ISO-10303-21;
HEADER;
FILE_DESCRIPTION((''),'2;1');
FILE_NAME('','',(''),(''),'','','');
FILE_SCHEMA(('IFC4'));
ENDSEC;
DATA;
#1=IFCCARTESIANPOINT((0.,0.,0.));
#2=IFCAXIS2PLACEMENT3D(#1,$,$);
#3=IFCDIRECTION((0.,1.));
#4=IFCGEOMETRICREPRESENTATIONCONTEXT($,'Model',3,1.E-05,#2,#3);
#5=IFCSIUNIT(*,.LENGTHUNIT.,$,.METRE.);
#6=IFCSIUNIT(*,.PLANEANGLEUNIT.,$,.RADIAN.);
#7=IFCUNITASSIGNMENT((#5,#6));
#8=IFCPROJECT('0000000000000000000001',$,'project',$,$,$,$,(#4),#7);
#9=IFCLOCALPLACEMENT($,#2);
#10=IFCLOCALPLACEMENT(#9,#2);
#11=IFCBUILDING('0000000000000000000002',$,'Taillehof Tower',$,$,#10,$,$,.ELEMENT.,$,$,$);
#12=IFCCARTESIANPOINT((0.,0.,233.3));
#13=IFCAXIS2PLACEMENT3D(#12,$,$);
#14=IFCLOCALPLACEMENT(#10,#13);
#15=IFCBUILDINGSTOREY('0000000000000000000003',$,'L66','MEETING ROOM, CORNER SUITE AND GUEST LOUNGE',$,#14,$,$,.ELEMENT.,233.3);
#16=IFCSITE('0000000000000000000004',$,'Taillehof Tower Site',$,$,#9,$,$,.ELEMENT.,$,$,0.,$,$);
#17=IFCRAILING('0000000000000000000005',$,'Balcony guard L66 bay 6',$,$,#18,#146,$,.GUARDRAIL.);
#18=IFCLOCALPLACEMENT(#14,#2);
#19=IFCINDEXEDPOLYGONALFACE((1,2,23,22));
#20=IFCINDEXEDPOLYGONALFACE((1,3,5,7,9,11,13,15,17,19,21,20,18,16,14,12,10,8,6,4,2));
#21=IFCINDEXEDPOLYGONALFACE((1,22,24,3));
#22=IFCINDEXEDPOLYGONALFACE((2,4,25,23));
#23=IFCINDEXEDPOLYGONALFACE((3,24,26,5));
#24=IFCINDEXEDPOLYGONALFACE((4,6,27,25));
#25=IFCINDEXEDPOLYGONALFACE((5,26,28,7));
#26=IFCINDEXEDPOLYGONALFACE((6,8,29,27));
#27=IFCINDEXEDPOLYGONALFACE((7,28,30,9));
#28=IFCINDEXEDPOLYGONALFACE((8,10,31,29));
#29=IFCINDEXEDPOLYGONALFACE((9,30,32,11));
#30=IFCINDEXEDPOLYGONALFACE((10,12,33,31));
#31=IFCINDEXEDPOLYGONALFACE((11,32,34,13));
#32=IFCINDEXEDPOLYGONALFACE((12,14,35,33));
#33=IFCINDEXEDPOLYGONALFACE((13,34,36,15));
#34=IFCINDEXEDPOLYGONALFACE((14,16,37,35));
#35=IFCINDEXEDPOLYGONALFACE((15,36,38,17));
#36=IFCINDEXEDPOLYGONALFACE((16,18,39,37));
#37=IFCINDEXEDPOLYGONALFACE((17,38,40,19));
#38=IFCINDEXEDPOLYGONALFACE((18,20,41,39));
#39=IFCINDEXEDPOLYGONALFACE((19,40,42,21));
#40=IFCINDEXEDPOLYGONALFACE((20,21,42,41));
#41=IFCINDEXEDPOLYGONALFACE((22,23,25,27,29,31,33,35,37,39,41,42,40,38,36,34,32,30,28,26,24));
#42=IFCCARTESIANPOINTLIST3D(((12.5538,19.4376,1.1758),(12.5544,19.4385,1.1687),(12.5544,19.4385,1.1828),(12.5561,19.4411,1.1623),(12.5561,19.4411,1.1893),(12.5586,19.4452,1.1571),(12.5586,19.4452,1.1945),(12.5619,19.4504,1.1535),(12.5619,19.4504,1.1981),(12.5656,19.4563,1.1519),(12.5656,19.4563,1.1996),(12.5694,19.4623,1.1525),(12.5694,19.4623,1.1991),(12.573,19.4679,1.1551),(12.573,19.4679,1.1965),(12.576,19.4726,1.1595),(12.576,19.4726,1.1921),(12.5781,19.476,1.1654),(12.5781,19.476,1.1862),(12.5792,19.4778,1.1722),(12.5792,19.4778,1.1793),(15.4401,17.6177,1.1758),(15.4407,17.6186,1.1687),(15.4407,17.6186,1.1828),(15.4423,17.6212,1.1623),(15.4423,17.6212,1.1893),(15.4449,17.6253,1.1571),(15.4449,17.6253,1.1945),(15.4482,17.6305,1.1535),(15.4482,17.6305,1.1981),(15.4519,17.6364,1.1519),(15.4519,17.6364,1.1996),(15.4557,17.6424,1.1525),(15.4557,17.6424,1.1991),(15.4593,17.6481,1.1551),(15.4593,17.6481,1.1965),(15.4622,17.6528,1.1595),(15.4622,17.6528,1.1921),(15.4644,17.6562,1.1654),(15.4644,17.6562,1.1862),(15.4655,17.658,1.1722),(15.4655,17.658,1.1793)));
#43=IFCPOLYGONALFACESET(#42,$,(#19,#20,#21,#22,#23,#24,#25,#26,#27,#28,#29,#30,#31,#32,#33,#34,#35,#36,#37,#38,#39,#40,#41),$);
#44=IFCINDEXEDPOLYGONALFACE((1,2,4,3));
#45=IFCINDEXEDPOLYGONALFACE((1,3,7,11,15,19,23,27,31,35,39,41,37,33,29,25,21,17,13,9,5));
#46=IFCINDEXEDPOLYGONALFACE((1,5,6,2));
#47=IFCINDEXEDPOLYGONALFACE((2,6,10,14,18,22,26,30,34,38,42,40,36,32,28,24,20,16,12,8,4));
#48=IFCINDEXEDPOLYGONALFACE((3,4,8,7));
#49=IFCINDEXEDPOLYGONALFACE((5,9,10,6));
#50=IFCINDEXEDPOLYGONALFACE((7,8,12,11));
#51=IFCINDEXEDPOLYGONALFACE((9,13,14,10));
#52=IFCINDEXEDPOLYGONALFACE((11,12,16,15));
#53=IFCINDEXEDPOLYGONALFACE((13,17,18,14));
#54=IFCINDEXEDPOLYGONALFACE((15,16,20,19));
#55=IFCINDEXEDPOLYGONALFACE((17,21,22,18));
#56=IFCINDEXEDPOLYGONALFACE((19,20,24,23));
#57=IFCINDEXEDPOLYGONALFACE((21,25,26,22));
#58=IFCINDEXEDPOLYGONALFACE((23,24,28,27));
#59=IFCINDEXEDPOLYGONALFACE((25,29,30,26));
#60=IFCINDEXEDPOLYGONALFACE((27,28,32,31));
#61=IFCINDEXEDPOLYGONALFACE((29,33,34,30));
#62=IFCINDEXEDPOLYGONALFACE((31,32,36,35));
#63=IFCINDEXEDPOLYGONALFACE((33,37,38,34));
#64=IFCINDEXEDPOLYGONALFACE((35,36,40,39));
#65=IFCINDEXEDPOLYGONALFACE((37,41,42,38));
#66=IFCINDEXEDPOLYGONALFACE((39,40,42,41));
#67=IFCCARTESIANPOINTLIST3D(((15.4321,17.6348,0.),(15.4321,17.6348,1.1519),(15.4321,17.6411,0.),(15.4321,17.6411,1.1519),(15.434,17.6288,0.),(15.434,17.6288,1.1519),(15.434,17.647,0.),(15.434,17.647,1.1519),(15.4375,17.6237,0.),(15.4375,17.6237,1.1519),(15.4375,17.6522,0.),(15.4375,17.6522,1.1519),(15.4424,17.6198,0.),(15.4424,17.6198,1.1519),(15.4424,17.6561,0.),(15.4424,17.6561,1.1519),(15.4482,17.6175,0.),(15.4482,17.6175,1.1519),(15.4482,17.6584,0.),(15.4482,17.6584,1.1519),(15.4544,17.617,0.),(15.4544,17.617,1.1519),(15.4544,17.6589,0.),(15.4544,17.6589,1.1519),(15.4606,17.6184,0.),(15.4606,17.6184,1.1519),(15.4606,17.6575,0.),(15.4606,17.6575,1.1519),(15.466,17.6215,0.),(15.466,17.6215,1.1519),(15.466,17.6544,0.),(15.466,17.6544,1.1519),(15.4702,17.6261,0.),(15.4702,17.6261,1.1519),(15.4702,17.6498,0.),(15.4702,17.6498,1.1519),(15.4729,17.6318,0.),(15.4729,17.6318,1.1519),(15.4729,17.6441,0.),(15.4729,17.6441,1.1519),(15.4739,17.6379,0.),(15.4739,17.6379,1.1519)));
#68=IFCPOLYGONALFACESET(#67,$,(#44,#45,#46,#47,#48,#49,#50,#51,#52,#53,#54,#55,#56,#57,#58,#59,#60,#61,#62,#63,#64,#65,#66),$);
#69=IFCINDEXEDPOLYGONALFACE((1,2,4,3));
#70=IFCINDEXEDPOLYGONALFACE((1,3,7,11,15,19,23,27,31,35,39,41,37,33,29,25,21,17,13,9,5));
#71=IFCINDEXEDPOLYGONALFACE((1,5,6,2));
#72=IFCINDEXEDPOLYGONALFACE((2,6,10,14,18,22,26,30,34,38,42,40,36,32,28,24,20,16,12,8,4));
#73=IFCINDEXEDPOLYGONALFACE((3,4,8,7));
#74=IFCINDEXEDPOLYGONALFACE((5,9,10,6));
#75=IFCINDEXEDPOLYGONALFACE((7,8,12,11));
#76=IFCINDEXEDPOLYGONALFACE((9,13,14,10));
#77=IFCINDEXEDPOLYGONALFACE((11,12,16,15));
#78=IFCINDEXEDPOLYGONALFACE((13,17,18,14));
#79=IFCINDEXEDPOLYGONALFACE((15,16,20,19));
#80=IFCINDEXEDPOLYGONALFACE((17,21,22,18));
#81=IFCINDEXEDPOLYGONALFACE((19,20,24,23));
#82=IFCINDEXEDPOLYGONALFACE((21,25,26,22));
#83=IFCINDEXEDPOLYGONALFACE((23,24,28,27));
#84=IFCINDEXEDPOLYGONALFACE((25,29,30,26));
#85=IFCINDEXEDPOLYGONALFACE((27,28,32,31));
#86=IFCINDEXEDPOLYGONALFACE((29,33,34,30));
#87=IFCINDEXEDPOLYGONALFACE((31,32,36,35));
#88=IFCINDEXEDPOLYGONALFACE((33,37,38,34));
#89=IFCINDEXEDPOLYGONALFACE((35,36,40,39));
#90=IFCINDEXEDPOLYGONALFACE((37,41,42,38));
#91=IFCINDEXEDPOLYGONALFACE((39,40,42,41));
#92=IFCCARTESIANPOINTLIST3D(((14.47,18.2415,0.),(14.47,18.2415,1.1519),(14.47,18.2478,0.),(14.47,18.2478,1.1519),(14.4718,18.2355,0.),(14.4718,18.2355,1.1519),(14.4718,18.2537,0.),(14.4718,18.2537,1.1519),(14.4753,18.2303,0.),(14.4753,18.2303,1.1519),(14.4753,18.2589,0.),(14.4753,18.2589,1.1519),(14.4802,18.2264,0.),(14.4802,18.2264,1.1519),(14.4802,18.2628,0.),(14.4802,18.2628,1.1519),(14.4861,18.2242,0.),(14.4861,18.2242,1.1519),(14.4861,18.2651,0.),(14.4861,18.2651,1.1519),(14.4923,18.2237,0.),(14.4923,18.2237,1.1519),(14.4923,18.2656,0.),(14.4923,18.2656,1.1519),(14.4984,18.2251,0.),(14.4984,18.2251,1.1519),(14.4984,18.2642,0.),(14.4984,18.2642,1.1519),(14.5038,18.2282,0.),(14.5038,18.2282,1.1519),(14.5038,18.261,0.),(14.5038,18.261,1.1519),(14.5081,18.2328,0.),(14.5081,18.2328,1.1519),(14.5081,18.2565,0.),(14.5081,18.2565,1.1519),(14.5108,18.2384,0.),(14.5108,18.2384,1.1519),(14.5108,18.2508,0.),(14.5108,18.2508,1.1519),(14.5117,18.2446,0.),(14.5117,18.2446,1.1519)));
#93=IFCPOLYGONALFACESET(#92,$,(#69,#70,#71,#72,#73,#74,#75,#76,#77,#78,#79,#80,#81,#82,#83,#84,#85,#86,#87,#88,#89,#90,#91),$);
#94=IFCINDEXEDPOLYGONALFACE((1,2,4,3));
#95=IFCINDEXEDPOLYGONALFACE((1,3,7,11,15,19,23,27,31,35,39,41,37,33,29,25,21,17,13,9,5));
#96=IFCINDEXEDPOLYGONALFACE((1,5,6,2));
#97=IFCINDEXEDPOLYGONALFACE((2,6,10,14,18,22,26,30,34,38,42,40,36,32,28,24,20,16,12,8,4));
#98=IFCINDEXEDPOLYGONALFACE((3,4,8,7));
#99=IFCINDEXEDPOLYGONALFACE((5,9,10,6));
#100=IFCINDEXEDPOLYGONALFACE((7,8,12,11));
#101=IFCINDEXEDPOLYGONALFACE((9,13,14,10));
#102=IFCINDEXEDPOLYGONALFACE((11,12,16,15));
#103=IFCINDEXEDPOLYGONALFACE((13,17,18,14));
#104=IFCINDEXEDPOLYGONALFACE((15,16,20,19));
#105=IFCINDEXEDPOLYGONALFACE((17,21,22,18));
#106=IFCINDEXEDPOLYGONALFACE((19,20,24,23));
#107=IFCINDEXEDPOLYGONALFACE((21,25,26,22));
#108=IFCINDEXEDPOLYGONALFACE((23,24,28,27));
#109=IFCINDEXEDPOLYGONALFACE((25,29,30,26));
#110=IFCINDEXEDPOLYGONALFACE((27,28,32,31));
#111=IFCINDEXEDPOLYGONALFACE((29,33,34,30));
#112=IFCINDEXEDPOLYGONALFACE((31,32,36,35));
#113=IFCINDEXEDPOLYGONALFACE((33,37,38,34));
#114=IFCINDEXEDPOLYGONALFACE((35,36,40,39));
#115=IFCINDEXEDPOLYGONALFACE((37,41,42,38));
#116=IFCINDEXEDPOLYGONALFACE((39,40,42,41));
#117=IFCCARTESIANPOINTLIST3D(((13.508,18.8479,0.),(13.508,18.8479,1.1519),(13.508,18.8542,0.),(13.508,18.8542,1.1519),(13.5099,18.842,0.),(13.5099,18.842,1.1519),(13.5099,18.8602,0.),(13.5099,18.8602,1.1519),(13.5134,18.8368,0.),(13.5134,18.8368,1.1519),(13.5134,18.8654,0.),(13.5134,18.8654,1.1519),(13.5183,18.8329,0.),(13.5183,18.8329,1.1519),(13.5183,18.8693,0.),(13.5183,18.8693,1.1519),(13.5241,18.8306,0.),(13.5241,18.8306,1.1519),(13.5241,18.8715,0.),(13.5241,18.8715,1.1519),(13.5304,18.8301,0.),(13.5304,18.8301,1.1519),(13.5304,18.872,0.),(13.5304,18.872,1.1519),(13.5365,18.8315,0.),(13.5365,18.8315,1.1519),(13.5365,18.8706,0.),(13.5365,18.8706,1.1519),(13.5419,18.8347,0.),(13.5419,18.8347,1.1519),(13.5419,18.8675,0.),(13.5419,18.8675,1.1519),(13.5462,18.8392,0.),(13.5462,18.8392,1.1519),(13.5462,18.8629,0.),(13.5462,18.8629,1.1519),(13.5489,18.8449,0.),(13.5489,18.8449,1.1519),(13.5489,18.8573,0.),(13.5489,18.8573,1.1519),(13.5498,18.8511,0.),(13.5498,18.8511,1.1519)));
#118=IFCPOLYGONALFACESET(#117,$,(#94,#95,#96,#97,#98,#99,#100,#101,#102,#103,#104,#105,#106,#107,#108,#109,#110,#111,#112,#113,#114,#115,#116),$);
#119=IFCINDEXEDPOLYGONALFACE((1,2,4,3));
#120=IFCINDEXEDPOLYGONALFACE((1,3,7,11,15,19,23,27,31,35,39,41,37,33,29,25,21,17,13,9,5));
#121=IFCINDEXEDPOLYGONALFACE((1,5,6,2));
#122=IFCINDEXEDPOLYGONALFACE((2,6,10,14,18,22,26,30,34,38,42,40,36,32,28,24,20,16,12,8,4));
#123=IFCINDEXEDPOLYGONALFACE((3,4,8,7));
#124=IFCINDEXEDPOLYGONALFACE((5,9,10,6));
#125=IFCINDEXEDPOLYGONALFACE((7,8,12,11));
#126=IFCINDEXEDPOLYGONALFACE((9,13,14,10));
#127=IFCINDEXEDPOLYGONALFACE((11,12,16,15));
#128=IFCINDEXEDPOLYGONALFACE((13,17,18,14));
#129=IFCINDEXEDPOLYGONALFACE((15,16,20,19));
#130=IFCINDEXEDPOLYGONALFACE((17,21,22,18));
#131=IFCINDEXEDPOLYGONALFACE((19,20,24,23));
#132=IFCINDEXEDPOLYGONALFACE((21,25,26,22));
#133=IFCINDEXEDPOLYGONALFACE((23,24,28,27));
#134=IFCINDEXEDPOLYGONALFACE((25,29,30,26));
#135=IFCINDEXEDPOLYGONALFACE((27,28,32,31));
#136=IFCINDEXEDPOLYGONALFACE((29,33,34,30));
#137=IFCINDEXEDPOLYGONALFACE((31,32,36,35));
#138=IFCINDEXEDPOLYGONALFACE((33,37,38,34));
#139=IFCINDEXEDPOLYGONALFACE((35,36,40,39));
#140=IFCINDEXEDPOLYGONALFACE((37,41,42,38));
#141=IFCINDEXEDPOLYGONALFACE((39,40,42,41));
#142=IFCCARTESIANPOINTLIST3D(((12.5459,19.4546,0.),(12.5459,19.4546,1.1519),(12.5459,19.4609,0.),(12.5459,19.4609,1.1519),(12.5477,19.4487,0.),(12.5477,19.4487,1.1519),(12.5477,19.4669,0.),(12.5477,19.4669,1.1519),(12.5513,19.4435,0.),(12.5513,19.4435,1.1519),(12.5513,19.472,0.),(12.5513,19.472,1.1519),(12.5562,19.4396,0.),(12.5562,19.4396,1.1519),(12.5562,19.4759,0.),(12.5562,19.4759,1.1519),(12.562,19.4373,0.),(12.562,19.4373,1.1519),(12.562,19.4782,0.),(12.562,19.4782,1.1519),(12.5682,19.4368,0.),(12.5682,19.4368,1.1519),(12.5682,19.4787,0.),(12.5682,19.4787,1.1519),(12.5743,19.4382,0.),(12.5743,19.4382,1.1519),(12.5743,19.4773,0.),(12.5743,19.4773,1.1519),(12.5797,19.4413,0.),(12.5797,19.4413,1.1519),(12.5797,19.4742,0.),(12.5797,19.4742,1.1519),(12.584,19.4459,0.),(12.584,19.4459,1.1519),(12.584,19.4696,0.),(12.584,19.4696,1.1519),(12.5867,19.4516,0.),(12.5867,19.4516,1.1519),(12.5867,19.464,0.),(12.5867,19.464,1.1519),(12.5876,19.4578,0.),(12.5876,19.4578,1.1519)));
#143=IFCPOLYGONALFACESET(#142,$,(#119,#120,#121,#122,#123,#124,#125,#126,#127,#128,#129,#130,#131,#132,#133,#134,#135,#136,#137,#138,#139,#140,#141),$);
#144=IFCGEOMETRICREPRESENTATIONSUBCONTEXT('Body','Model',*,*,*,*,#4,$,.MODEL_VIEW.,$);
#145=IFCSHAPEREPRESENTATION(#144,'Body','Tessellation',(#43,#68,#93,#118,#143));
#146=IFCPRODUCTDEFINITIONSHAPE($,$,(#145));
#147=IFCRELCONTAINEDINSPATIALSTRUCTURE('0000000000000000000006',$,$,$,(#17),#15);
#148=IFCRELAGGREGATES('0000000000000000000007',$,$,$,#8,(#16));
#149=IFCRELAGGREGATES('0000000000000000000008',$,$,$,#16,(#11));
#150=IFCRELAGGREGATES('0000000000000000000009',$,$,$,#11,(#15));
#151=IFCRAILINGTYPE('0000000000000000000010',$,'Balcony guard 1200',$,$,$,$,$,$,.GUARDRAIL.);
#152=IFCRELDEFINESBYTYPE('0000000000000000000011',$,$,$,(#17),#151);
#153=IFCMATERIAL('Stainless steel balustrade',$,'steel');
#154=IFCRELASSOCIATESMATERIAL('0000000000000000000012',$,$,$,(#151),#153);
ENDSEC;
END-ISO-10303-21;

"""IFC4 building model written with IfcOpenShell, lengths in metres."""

from ifc_helpers import new_model, si_unit, direction, frame, origin, origin_2d, place, context, subcontext, project, spatial, circle, extrude, material, type_object, element, save


model = new_model("IFC4")

# Units and contexts
model_context = context("Model", 3, precision=1e-05, world=origin(), true_north=direction((0.0, 1.0)))
body_context = subcontext(model_context, "Body", "Model", "MODEL_VIEW")
ifc_project = project(units=[si_unit("LENGTHUNIT", "METRE"), si_unit("PLANEANGLEUNIT", "RADIAN")], contexts=[model_context])

# Site, building, storey
site_placement = place(None, origin())
site = spatial("IfcSite", under=ifc_project, at=site_placement, Name="Taillehof Tower Site", CompositionType="ELEMENT", RefElevation=0.0)
building_placement = place(site_placement, origin())
building = spatial("IfcBuilding", under=site, at=building_placement, Name="Taillehof Tower", CompositionType="ELEMENT")
storey_placement = place(building_placement, frame((0.0, 0.0, 233.3)))
storey = spatial("IfcBuildingStorey", under=building, at=storey_placement, Name="L66", Description="MEETING ROOM, CORNER SUITE AND GUEST LOUNGE", CompositionType="ELEMENT", Elevation=233.3)

# Railing
ifc_material_1 = material(Name="Stainless steel balustrade", Category="steel")
railing_type = type_object("IfcRailingType", Name="Balcony guard 1200", PredefinedType="GUARDRAIL", material=ifc_material_1)
railing_1_placement = place(storey_placement, frame((15.4529, 17.6379, 0.0)))
element("IfcRailing", 1, at=railing_1_placement, inside=storey, type_object=railing_type, Name="Balcony guard L66 bay 6", PredefinedType="GUARDRAIL", context=body_context, shape_type="SweptSolid", body=[
    extrude(circle(Radius=0.0239, at=origin_2d()), frame((0.0, 0.0, 1.1758), z_axis=(-0.845893, 0.533352, 0.0), x_axis=(-0.533352, -0.845893, 0.0)), (0.0, 0.0, 1.0), 3.4121),
    extrude(circle(Radius=0.021, at=origin_2d()), origin(), (0.0, 0.0, 1.0), 1.1519),
    extrude(circle(Radius=0.021, at=origin_2d()), frame((-0.9622, 0.6067, 0.0)), (0.0, 0.0, 1.0), 1.1519),
    extrude(circle(Radius=0.021, at=origin_2d()), frame((-1.9241, 1.2131, 0.0)), (0.0, 0.0, 1.0), 1.1519),
    extrude(circle(Radius=0.021, at=origin_2d()), frame((-2.8862, 1.8198, 0.0)), (0.0, 0.0, 1.0), 1.1519),
])

save(model, "model.ifc")
